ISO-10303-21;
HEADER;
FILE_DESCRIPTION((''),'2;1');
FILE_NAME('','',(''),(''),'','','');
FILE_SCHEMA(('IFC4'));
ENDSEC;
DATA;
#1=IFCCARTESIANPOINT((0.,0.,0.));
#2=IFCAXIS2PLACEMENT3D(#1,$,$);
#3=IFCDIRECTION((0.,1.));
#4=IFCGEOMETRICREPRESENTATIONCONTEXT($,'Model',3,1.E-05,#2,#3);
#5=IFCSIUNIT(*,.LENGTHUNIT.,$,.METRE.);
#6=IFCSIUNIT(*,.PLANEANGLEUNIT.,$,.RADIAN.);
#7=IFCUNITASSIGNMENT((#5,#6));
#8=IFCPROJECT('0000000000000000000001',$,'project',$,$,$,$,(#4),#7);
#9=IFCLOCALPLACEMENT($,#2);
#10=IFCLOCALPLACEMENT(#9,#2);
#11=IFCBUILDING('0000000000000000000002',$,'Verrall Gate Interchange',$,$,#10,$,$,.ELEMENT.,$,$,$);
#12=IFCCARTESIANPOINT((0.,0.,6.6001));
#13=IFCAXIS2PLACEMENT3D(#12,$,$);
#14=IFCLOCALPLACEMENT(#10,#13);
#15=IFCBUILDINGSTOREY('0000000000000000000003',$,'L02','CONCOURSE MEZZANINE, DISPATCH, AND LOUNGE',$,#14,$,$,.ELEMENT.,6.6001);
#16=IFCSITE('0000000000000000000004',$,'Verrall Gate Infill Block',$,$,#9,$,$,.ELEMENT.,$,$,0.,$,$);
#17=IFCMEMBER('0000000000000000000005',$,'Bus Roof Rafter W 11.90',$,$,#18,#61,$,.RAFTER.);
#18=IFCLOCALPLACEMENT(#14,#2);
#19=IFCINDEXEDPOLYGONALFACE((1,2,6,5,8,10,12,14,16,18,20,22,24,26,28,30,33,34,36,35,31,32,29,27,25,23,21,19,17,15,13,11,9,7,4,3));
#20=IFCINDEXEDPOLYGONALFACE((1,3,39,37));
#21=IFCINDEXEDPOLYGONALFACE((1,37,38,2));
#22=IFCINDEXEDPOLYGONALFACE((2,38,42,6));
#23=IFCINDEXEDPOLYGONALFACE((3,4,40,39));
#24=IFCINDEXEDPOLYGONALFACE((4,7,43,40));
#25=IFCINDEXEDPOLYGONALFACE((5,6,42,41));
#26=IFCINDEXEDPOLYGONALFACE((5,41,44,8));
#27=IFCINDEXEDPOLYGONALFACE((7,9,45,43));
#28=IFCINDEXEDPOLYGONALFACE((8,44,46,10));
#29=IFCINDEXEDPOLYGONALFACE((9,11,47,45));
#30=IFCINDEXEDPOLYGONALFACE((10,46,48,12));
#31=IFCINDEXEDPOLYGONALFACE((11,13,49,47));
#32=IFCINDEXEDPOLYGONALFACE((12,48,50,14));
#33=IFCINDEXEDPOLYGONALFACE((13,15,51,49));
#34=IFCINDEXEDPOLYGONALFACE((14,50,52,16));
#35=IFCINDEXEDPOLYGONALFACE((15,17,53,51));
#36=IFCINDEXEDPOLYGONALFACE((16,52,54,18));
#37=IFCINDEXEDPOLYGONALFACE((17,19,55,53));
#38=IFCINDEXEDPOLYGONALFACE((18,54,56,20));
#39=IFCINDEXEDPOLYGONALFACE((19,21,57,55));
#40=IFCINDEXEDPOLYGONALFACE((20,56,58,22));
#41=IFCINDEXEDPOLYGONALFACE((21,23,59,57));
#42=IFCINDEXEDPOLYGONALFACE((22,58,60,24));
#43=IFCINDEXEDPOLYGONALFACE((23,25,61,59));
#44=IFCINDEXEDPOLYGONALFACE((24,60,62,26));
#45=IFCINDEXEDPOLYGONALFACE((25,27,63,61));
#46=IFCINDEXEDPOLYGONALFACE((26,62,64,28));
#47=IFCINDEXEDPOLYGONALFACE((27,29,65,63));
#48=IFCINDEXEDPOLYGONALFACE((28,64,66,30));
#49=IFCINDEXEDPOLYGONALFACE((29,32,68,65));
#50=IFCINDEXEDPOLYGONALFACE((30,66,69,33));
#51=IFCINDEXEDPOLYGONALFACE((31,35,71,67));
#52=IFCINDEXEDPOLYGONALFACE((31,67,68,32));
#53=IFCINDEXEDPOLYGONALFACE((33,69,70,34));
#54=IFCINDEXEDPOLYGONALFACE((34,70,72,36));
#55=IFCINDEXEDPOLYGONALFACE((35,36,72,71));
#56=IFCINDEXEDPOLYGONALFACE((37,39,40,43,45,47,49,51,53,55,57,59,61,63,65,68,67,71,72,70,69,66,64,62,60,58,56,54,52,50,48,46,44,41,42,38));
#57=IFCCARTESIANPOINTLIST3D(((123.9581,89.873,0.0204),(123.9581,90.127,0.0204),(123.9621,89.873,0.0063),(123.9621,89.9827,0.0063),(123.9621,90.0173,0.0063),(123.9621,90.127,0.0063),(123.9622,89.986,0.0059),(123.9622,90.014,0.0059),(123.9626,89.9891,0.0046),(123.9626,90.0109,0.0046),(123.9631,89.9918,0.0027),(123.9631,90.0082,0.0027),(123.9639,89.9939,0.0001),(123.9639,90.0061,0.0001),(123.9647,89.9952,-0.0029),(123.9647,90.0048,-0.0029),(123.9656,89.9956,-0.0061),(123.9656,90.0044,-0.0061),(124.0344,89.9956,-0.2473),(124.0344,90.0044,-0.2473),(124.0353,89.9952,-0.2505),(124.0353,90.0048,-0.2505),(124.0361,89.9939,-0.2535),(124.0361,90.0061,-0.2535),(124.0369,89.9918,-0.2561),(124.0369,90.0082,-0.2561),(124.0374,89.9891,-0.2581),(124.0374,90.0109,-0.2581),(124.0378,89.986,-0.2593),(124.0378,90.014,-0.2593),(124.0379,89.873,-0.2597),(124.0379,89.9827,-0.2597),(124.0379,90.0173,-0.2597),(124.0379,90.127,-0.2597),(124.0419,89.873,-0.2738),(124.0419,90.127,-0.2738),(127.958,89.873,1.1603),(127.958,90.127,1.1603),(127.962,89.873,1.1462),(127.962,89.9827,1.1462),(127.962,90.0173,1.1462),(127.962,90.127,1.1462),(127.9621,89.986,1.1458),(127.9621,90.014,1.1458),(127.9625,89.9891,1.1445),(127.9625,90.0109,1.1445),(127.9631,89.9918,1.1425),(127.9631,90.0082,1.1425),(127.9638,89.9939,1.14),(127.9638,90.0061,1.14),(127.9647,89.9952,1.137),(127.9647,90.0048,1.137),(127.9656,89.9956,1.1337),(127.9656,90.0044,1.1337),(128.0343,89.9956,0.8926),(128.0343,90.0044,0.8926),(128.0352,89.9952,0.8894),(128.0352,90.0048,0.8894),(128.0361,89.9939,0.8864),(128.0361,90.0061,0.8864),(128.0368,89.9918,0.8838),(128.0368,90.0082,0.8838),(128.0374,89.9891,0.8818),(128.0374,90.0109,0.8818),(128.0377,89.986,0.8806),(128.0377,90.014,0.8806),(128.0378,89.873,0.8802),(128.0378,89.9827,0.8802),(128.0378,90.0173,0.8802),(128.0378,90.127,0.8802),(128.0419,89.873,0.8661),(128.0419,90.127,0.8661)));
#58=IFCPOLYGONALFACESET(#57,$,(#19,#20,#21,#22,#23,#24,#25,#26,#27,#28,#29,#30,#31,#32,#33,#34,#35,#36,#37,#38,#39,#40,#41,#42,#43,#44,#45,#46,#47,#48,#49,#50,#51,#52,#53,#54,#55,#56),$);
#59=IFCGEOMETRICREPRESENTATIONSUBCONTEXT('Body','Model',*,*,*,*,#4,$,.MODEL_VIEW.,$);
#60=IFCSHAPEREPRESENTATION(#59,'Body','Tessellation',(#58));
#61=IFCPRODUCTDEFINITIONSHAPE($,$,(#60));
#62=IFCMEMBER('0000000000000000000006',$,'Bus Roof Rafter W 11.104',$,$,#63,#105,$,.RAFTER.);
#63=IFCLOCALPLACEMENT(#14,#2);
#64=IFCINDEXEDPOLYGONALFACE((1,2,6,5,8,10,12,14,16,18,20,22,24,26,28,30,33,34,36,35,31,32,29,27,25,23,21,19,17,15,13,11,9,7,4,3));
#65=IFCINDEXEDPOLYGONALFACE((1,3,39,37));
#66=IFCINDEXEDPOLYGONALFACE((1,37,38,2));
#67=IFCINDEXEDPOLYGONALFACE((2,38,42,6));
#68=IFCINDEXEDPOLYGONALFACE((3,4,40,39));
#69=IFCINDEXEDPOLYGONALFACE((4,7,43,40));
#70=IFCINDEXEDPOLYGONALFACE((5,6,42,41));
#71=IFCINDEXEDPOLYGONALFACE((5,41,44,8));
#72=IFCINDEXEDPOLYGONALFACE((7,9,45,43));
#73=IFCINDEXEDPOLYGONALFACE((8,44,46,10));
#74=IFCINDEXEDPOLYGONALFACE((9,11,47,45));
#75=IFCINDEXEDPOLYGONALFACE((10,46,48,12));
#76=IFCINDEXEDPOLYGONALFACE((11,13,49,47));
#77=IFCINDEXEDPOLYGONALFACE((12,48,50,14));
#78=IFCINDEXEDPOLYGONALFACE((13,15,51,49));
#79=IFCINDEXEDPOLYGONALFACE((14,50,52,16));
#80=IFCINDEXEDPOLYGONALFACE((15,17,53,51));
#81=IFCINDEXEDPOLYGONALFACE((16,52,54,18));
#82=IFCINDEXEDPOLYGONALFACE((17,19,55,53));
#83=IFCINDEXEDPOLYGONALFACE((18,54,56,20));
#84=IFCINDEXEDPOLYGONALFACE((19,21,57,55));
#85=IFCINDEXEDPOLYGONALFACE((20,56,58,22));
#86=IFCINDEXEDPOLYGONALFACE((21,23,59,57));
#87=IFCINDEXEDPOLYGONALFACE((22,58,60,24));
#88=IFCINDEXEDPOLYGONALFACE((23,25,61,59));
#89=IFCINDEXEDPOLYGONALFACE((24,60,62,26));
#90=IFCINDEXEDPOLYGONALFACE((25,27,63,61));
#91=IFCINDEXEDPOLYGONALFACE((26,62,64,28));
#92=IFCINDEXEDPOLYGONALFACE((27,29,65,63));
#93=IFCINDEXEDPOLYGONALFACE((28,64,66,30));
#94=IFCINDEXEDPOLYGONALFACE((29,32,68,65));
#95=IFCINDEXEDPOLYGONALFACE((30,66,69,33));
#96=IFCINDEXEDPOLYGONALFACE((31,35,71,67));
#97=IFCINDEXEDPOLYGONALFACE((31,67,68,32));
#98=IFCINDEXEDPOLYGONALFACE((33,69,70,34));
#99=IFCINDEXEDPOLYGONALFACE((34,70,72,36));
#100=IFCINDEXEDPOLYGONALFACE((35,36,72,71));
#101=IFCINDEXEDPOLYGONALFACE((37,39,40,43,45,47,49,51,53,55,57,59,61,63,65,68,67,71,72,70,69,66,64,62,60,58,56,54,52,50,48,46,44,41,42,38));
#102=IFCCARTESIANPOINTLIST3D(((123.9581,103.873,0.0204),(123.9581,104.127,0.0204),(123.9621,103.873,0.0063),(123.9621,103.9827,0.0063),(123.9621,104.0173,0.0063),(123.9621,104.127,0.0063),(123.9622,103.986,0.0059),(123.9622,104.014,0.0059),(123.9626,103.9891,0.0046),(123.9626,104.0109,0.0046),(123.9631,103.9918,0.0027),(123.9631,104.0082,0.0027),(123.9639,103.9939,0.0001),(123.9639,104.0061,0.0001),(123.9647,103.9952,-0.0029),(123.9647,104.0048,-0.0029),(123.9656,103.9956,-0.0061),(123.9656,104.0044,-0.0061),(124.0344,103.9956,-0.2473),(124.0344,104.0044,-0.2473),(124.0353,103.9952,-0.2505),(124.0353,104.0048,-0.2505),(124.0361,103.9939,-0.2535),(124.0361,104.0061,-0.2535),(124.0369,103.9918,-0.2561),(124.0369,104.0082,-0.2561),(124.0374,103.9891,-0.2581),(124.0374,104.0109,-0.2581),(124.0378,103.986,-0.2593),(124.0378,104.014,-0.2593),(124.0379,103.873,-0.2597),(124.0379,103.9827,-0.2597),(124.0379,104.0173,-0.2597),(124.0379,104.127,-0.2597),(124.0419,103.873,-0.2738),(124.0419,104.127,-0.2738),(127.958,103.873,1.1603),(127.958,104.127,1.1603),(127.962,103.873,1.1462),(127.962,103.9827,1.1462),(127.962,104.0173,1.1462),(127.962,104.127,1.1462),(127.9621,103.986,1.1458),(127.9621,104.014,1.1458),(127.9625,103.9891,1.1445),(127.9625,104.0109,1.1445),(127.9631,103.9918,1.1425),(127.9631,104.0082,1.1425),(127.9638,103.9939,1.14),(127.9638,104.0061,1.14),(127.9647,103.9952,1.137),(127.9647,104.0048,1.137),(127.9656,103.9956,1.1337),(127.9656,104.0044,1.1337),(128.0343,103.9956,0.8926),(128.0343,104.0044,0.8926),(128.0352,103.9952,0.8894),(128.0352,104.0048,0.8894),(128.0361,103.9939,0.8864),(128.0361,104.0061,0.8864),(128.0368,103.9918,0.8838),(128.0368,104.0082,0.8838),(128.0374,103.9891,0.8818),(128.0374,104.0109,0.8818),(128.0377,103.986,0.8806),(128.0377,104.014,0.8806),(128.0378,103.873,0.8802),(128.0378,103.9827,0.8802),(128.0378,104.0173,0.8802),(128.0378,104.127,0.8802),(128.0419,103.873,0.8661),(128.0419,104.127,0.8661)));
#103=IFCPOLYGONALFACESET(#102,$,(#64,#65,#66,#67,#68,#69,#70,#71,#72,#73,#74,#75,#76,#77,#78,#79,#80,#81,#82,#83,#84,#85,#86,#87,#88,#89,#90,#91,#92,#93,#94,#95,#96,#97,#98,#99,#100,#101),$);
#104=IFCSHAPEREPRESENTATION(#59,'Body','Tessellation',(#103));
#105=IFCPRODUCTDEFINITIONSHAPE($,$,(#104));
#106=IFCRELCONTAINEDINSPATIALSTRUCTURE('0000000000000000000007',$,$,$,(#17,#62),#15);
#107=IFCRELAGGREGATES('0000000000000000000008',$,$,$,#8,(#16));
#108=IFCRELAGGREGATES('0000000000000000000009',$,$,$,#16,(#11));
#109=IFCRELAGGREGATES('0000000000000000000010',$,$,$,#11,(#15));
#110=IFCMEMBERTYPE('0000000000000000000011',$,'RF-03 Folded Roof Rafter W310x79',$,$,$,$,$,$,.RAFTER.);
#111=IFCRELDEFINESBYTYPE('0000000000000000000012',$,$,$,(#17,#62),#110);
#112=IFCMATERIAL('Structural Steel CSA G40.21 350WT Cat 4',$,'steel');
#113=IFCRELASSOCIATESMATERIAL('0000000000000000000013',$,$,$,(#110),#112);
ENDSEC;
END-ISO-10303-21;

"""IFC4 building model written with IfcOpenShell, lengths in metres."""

from ifc_helpers import new_model, si_unit, direction, frame, origin, origin_2d, place, context, subcontext, project, spatial, i_section, extrude, material, material_profile, profile_set, type_object, element, save


model = new_model("IFC4")

# Units and contexts
model_context = context("Model", 3, precision=1e-05, world=origin(), true_north=direction((0.0, 1.0)))
body_context = subcontext(model_context, "Body", "Model", "MODEL_VIEW")
ifc_project = project(units=[si_unit("LENGTHUNIT", "METRE"), si_unit("PLANEANGLEUNIT", "RADIAN")], contexts=[model_context])

# Site, building, storey
site_placement = place(None, origin())
site = spatial("IfcSite", under=ifc_project, at=site_placement, Name="Verrall Gate Infill Block", CompositionType="ELEMENT", RefElevation=0.0)
building_placement = place(site_placement, origin())
building = spatial("IfcBuilding", under=site, at=building_placement, Name="Verrall Gate Interchange", CompositionType="ELEMENT")
storey_placement = place(building_placement, frame((0.0, 0.0, 6.6001)))
storey = spatial("IfcBuildingStorey", under=building, at=storey_placement, Name="L02", Description="CONCOURSE MEZZANINE, DISPATCH, AND LOUNGE", CompositionType="ELEMENT", Elevation=6.6001)

# Members
ifc_material_1 = material(Name="Structural Steel CSA G40.21 350WT Cat 4", Category="steel")
ifc_material_profile_1 = material_profile(ifc_material_1, i_section(OverallWidth=0.2539, OverallDepth=0.3059, WebThickness=0.0088, FlangeThickness=0.0146, FilletRadius=0.0129, at=origin_2d()), Name="W310x79")
ifc_profile_set_1 = profile_set([ifc_material_profile_1], Name="Structural Steel CSA G40.21 350WT Cat 4")
member_type_1 = type_object("IfcMemberType", Name="RF-03 Folded Roof Rafter W310x79", PredefinedType="RAFTER", material=ifc_profile_set_1)
for number, where, z_axis, x_axis, name in (
    (1, (124.0, 90.0, -0.1267), (0.961712, 0.0, 0.274062), (0.0, 1.0, 0.0), "Bus Roof Rafter W 11.90"),
    (2, (124.0, 104.0, -0.1267), (0.961712, 0.0, 0.274062), (0.0, 1.0, 0.0), "Bus Roof Rafter W 11.104"),
):
    element("IfcMember", number, at=place(storey_placement, frame(where, z_axis=z_axis, x_axis=x_axis)), inside=storey, type_object=member_type_1, Name=name, PredefinedType="RAFTER", context=body_context, shape_type="SweptSolid", body=[
        extrude(i_section(OverallWidth=0.2539, OverallDepth=0.3059, WebThickness=0.0088, FlangeThickness=0.0146, FilletRadius=0.0129, at=origin_2d()), origin(), (0.0, 0.0, 1.0), 4.1592),
    ])

save(model, "model.ifc")
